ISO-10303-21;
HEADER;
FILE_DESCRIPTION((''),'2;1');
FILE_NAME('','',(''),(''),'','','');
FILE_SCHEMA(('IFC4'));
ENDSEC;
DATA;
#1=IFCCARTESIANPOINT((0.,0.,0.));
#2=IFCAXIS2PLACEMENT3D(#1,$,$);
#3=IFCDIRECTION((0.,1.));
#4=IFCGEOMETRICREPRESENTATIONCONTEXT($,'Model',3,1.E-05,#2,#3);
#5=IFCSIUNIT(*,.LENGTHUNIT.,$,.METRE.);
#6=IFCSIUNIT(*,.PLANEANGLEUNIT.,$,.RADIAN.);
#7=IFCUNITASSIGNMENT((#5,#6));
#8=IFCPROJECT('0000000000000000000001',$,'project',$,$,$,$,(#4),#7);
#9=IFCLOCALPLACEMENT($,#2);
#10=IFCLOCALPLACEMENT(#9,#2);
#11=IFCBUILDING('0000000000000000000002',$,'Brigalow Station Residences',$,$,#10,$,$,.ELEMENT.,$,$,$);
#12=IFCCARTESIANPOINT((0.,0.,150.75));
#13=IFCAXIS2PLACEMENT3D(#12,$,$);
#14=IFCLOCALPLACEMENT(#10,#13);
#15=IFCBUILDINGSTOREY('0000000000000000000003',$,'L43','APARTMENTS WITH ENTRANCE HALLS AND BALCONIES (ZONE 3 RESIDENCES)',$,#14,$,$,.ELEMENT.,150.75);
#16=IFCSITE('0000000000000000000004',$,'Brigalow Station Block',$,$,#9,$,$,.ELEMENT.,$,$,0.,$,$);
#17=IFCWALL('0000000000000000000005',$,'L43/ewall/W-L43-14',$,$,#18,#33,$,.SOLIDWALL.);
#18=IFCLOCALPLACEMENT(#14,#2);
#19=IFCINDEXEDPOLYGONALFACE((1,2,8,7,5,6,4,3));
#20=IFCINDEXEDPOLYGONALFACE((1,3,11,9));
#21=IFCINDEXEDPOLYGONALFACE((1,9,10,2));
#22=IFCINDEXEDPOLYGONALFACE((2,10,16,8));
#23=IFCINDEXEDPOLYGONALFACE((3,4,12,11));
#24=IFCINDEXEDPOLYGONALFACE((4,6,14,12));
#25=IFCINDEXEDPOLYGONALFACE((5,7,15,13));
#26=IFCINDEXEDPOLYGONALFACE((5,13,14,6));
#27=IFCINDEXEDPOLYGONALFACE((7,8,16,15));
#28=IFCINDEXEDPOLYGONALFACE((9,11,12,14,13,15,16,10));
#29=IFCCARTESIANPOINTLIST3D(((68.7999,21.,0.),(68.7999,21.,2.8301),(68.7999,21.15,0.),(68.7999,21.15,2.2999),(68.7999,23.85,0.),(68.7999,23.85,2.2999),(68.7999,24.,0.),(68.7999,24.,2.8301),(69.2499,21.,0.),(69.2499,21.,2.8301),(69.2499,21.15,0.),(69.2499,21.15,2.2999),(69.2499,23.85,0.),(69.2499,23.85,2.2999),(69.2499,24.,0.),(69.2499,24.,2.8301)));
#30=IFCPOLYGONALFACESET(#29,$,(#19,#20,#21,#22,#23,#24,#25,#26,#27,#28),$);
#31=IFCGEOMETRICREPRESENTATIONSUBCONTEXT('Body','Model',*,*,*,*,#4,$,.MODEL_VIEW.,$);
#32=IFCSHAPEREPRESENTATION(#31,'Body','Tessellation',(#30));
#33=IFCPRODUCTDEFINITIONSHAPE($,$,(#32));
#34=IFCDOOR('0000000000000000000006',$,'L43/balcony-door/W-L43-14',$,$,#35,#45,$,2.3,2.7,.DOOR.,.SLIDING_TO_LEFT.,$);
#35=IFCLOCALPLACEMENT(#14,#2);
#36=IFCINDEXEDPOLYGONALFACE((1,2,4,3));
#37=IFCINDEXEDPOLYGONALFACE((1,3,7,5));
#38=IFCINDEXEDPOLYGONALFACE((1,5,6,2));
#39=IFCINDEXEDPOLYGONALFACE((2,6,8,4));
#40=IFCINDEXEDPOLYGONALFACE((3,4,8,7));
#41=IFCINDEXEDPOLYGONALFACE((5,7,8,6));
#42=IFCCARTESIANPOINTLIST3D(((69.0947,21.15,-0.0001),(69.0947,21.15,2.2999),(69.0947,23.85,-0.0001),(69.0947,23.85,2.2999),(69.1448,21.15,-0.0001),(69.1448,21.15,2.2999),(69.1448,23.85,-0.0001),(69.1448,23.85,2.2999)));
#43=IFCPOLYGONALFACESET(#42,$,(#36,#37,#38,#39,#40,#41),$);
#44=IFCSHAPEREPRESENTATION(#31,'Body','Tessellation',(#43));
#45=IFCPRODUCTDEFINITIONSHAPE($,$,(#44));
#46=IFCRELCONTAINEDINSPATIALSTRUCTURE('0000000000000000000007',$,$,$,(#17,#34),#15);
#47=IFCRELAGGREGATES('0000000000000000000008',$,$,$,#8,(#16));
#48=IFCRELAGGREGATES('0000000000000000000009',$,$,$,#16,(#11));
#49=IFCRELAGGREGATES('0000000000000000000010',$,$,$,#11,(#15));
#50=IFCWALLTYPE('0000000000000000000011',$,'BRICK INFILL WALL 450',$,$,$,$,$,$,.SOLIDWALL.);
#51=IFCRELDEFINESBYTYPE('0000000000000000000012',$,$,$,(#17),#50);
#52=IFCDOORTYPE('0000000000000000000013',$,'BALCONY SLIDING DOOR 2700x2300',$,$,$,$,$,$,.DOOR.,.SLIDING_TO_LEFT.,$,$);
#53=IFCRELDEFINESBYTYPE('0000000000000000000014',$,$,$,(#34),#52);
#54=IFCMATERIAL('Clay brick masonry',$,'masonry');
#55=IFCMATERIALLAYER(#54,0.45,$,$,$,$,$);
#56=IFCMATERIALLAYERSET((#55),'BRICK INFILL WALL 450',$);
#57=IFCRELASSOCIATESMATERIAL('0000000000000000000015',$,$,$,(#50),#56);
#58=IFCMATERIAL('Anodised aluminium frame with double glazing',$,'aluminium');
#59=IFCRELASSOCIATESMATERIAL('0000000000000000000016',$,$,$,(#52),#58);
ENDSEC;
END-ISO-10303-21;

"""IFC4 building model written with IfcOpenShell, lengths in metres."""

from ifc_helpers import new_model, si_unit, direction, frame, frame_2d, origin, place, context, subcontext, project, spatial, rectangle, extrude, material, layer, layer_set, type_object, element, fill, save


model = new_model("IFC4")

# Units and contexts
model_context = context("Model", 3, precision=1e-05, world=origin(), true_north=direction((0.0, 1.0)))
body_context = subcontext(model_context, "Body", "Model", "MODEL_VIEW")
ifc_project = project(units=[si_unit("LENGTHUNIT", "METRE"), si_unit("PLANEANGLEUNIT", "RADIAN")], contexts=[model_context])

# Site, building, storey
site_placement = place(None, origin())
site = spatial("IfcSite", under=ifc_project, at=site_placement, Name="Brigalow Station Block", CompositionType="ELEMENT", RefElevation=0.0)
building_placement = place(site_placement, origin())
building = spatial("IfcBuilding", under=site, at=building_placement, Name="Brigalow Station Residences", CompositionType="ELEMENT")
storey_placement = place(building_placement, frame((0.0, 0.0, 150.75)))
storey = spatial("IfcBuildingStorey", under=building, at=storey_placement, Name="L43", Description="APARTMENTS WITH ENTRANCE HALLS AND BALCONIES (ZONE 3 RESIDENCES)", CompositionType="ELEMENT", Elevation=150.75)

# Shared definitions
ifc_material_1 = material(Name="Clay brick masonry", Category="masonry")
ifc_layer = layer(ifc_material_1, 0.45)
ifc_layer_set = layer_set([ifc_layer], Name="BRICK INFILL WALL 450")
wall_type = type_object("IfcWallType", Name="BRICK INFILL WALL 450", PredefinedType="SOLIDWALL", material=ifc_layer_set)

# Wall, opening, door
wall_1_placement = place(storey_placement, frame((69.0249, 21.0, 0.0), z_axis=(0.0, 0.0, 1.0), x_axis=(0.0, 1.0, 0.0)))
wall_1 = element("IfcWall", 1, at=wall_1_placement, inside=storey, type_object=wall_type, Name="L43/ewall/W-L43-14", PredefinedType="SOLIDWALL", context=body_context, shape_type="SweptSolid", body=[
    extrude(rectangle(XDim=3.0, YDim=0.45, at=frame_2d((1.5, 0.0))), origin(), (0.0, 0.0, 1.0), 2.8301),
])
opening_1_placement = place(wall_1_placement, frame((0.1499, 0.0, 0.0)))
opening_1 = element("IfcOpeningElement", 2, at=opening_1_placement, cuts=wall_1, PredefinedType="OPENING", context=body_context, shape_type="SweptSolid", body=[
    extrude(rectangle(XDim=2.7, YDim=2.3, at=frame_2d((1.3501, 1.1499))), frame((0.0, 0.2349, 0.0), z_axis=(0.0, -1.0, 0.0), x_axis=(1.0, 0.0, 0.0)), (0.0, 0.0, 1.0), 0.47),
])
ifc_material_2 = material(Name="Anodised aluminium frame with double glazing", Category="aluminium")
door_type = type_object("IfcDoorType", Name="BALCONY SLIDING DOOR 2700x2300", OperationType="SLIDING_TO_LEFT", PredefinedType="DOOR", material=ifc_material_2)
door_placement = place(opening_1_placement, origin())
door = element("IfcDoor", 3, at=door_placement, inside=storey, type_object=door_type, Name="L43/balcony-door/W-L43-14", OperationType="SLIDING_TO_LEFT", OverallHeight=2.3, OverallWidth=2.7, PredefinedType="DOOR", context=body_context, shape_type="SweptSolid", body=[
    extrude(rectangle(XDim=2.7, YDim=2.3, at=frame_2d((1.3501, 1.1499))), frame((0.0, -0.0698, 0.0), z_axis=(0.0, -1.0, 0.0), x_axis=(1.0, 0.0, 0.0)), (0.0, 0.0, 1.0), 0.05),
])
fill(opening_1, door)

save(model, "model.ifc")
